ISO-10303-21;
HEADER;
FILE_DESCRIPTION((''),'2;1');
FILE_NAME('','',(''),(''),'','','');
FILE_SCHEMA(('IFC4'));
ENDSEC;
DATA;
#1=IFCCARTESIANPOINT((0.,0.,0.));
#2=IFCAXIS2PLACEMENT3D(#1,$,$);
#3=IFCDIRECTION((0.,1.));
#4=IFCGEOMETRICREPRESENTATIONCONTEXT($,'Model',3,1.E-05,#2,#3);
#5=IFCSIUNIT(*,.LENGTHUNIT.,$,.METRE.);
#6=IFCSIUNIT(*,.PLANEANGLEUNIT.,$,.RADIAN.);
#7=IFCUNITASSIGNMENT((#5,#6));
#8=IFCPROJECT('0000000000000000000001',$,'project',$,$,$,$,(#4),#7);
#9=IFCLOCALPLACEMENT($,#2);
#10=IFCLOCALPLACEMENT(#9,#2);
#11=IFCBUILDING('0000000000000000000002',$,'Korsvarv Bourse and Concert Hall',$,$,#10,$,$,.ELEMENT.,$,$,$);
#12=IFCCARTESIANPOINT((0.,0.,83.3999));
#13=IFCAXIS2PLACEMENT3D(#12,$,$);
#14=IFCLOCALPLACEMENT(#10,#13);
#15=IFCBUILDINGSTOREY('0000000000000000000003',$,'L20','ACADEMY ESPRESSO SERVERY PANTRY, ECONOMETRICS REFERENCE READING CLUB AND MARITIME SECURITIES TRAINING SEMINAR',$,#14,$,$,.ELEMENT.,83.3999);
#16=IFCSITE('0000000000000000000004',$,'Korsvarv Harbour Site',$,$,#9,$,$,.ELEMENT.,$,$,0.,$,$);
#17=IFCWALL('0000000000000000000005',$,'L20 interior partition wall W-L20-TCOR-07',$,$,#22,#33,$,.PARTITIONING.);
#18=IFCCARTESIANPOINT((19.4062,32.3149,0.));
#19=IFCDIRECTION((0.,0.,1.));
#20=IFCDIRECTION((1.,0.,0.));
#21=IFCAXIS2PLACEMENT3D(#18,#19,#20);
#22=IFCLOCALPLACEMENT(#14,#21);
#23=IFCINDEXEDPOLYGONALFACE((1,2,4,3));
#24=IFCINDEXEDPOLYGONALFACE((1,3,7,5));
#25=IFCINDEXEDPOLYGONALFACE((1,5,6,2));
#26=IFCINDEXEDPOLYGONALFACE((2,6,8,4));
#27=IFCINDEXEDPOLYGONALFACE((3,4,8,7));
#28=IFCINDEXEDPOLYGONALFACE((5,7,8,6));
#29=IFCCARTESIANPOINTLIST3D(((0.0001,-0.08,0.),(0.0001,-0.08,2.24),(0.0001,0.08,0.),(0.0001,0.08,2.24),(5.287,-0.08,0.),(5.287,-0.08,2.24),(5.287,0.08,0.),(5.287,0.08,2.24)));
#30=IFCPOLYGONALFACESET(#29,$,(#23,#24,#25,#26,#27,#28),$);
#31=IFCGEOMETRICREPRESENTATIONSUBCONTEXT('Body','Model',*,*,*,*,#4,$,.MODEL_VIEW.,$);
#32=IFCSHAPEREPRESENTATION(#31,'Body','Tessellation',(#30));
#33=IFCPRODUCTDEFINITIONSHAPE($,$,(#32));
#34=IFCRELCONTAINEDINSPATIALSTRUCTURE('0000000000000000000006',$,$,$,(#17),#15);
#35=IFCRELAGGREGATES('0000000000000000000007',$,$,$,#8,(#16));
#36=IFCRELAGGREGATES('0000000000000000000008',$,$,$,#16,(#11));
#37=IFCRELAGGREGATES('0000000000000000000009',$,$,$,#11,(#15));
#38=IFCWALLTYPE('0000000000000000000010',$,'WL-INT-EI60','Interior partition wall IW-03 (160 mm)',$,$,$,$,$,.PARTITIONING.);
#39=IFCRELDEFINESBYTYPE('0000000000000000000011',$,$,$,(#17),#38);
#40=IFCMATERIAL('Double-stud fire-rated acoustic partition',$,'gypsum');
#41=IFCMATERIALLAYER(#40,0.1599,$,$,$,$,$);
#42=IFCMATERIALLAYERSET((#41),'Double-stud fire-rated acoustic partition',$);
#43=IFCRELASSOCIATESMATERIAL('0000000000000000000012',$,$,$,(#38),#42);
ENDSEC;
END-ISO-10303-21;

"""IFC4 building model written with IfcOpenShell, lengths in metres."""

from ifc_helpers import new_model, si_unit, direction, frame, frame_2d, origin, place, context, subcontext, project, spatial, rectangle, extrude, material, layer, layer_set, type_object, element, save


model = new_model("IFC4")

# Units and contexts
model_context = context("Model", 3, precision=1e-05, world=origin(), true_north=direction((0.0, 1.0)))
body_context = subcontext(model_context, "Body", "Model", "MODEL_VIEW")
ifc_project = project(units=[si_unit("LENGTHUNIT", "METRE"), si_unit("PLANEANGLEUNIT", "RADIAN")], contexts=[model_context])

# Site, building, storey
site_placement = place(None, origin())
site = spatial("IfcSite", under=ifc_project, at=site_placement, Name="Korsvarv Harbour Site", CompositionType="ELEMENT", RefElevation=0.0)
building_placement = place(site_placement, origin())
building = spatial("IfcBuilding", under=site, at=building_placement, Name="Korsvarv Bourse and Concert Hall", CompositionType="ELEMENT")
storey_placement = place(building_placement, frame((0.0, 0.0, 83.3999)))
storey = spatial("IfcBuildingStorey", under=building, at=storey_placement, Name="L20", Description="ACADEMY ESPRESSO SERVERY PANTRY, ECONOMETRICS REFERENCE READING CLUB AND MARITIME SECURITIES TRAINING SEMINAR", CompositionType="ELEMENT", Elevation=83.3999)

# Shared definitions
ifc_material_1 = material(Name="Double-stud fire-rated acoustic partition", Category="gypsum")
ifc_layer_1 = layer(ifc_material_1, 0.1599)
ifc_layer_set_1 = layer_set([ifc_layer_1], Name="Double-stud fire-rated acoustic partition")
wall_type = type_object("IfcWallType", Name="WL-INT-EI60", Description="Interior partition wall IW-03 (160 mm)", PredefinedType="PARTITIONING", material=ifc_layer_set_1)

# Wall
wall_1_placement = place(storey_placement, frame((19.4062, 32.3149, 0.0), z_axis=(0.0, 0.0, 1.0), x_axis=(1.0, 0.0, 0.0)))
element("IfcWall", 1, at=wall_1_placement, inside=storey, type_object=wall_type, Name="L20 interior partition wall W-L20-TCOR-07", PredefinedType="PARTITIONING", context=body_context, shape_type="SweptSolid", body=[
    extrude(rectangle(XDim=5.2869, YDim=0.1599, at=frame_2d((2.6436, 0.0))), origin(), (0.0, 0.0, 1.0), 2.24),
])

save(model, "model.ifc")
